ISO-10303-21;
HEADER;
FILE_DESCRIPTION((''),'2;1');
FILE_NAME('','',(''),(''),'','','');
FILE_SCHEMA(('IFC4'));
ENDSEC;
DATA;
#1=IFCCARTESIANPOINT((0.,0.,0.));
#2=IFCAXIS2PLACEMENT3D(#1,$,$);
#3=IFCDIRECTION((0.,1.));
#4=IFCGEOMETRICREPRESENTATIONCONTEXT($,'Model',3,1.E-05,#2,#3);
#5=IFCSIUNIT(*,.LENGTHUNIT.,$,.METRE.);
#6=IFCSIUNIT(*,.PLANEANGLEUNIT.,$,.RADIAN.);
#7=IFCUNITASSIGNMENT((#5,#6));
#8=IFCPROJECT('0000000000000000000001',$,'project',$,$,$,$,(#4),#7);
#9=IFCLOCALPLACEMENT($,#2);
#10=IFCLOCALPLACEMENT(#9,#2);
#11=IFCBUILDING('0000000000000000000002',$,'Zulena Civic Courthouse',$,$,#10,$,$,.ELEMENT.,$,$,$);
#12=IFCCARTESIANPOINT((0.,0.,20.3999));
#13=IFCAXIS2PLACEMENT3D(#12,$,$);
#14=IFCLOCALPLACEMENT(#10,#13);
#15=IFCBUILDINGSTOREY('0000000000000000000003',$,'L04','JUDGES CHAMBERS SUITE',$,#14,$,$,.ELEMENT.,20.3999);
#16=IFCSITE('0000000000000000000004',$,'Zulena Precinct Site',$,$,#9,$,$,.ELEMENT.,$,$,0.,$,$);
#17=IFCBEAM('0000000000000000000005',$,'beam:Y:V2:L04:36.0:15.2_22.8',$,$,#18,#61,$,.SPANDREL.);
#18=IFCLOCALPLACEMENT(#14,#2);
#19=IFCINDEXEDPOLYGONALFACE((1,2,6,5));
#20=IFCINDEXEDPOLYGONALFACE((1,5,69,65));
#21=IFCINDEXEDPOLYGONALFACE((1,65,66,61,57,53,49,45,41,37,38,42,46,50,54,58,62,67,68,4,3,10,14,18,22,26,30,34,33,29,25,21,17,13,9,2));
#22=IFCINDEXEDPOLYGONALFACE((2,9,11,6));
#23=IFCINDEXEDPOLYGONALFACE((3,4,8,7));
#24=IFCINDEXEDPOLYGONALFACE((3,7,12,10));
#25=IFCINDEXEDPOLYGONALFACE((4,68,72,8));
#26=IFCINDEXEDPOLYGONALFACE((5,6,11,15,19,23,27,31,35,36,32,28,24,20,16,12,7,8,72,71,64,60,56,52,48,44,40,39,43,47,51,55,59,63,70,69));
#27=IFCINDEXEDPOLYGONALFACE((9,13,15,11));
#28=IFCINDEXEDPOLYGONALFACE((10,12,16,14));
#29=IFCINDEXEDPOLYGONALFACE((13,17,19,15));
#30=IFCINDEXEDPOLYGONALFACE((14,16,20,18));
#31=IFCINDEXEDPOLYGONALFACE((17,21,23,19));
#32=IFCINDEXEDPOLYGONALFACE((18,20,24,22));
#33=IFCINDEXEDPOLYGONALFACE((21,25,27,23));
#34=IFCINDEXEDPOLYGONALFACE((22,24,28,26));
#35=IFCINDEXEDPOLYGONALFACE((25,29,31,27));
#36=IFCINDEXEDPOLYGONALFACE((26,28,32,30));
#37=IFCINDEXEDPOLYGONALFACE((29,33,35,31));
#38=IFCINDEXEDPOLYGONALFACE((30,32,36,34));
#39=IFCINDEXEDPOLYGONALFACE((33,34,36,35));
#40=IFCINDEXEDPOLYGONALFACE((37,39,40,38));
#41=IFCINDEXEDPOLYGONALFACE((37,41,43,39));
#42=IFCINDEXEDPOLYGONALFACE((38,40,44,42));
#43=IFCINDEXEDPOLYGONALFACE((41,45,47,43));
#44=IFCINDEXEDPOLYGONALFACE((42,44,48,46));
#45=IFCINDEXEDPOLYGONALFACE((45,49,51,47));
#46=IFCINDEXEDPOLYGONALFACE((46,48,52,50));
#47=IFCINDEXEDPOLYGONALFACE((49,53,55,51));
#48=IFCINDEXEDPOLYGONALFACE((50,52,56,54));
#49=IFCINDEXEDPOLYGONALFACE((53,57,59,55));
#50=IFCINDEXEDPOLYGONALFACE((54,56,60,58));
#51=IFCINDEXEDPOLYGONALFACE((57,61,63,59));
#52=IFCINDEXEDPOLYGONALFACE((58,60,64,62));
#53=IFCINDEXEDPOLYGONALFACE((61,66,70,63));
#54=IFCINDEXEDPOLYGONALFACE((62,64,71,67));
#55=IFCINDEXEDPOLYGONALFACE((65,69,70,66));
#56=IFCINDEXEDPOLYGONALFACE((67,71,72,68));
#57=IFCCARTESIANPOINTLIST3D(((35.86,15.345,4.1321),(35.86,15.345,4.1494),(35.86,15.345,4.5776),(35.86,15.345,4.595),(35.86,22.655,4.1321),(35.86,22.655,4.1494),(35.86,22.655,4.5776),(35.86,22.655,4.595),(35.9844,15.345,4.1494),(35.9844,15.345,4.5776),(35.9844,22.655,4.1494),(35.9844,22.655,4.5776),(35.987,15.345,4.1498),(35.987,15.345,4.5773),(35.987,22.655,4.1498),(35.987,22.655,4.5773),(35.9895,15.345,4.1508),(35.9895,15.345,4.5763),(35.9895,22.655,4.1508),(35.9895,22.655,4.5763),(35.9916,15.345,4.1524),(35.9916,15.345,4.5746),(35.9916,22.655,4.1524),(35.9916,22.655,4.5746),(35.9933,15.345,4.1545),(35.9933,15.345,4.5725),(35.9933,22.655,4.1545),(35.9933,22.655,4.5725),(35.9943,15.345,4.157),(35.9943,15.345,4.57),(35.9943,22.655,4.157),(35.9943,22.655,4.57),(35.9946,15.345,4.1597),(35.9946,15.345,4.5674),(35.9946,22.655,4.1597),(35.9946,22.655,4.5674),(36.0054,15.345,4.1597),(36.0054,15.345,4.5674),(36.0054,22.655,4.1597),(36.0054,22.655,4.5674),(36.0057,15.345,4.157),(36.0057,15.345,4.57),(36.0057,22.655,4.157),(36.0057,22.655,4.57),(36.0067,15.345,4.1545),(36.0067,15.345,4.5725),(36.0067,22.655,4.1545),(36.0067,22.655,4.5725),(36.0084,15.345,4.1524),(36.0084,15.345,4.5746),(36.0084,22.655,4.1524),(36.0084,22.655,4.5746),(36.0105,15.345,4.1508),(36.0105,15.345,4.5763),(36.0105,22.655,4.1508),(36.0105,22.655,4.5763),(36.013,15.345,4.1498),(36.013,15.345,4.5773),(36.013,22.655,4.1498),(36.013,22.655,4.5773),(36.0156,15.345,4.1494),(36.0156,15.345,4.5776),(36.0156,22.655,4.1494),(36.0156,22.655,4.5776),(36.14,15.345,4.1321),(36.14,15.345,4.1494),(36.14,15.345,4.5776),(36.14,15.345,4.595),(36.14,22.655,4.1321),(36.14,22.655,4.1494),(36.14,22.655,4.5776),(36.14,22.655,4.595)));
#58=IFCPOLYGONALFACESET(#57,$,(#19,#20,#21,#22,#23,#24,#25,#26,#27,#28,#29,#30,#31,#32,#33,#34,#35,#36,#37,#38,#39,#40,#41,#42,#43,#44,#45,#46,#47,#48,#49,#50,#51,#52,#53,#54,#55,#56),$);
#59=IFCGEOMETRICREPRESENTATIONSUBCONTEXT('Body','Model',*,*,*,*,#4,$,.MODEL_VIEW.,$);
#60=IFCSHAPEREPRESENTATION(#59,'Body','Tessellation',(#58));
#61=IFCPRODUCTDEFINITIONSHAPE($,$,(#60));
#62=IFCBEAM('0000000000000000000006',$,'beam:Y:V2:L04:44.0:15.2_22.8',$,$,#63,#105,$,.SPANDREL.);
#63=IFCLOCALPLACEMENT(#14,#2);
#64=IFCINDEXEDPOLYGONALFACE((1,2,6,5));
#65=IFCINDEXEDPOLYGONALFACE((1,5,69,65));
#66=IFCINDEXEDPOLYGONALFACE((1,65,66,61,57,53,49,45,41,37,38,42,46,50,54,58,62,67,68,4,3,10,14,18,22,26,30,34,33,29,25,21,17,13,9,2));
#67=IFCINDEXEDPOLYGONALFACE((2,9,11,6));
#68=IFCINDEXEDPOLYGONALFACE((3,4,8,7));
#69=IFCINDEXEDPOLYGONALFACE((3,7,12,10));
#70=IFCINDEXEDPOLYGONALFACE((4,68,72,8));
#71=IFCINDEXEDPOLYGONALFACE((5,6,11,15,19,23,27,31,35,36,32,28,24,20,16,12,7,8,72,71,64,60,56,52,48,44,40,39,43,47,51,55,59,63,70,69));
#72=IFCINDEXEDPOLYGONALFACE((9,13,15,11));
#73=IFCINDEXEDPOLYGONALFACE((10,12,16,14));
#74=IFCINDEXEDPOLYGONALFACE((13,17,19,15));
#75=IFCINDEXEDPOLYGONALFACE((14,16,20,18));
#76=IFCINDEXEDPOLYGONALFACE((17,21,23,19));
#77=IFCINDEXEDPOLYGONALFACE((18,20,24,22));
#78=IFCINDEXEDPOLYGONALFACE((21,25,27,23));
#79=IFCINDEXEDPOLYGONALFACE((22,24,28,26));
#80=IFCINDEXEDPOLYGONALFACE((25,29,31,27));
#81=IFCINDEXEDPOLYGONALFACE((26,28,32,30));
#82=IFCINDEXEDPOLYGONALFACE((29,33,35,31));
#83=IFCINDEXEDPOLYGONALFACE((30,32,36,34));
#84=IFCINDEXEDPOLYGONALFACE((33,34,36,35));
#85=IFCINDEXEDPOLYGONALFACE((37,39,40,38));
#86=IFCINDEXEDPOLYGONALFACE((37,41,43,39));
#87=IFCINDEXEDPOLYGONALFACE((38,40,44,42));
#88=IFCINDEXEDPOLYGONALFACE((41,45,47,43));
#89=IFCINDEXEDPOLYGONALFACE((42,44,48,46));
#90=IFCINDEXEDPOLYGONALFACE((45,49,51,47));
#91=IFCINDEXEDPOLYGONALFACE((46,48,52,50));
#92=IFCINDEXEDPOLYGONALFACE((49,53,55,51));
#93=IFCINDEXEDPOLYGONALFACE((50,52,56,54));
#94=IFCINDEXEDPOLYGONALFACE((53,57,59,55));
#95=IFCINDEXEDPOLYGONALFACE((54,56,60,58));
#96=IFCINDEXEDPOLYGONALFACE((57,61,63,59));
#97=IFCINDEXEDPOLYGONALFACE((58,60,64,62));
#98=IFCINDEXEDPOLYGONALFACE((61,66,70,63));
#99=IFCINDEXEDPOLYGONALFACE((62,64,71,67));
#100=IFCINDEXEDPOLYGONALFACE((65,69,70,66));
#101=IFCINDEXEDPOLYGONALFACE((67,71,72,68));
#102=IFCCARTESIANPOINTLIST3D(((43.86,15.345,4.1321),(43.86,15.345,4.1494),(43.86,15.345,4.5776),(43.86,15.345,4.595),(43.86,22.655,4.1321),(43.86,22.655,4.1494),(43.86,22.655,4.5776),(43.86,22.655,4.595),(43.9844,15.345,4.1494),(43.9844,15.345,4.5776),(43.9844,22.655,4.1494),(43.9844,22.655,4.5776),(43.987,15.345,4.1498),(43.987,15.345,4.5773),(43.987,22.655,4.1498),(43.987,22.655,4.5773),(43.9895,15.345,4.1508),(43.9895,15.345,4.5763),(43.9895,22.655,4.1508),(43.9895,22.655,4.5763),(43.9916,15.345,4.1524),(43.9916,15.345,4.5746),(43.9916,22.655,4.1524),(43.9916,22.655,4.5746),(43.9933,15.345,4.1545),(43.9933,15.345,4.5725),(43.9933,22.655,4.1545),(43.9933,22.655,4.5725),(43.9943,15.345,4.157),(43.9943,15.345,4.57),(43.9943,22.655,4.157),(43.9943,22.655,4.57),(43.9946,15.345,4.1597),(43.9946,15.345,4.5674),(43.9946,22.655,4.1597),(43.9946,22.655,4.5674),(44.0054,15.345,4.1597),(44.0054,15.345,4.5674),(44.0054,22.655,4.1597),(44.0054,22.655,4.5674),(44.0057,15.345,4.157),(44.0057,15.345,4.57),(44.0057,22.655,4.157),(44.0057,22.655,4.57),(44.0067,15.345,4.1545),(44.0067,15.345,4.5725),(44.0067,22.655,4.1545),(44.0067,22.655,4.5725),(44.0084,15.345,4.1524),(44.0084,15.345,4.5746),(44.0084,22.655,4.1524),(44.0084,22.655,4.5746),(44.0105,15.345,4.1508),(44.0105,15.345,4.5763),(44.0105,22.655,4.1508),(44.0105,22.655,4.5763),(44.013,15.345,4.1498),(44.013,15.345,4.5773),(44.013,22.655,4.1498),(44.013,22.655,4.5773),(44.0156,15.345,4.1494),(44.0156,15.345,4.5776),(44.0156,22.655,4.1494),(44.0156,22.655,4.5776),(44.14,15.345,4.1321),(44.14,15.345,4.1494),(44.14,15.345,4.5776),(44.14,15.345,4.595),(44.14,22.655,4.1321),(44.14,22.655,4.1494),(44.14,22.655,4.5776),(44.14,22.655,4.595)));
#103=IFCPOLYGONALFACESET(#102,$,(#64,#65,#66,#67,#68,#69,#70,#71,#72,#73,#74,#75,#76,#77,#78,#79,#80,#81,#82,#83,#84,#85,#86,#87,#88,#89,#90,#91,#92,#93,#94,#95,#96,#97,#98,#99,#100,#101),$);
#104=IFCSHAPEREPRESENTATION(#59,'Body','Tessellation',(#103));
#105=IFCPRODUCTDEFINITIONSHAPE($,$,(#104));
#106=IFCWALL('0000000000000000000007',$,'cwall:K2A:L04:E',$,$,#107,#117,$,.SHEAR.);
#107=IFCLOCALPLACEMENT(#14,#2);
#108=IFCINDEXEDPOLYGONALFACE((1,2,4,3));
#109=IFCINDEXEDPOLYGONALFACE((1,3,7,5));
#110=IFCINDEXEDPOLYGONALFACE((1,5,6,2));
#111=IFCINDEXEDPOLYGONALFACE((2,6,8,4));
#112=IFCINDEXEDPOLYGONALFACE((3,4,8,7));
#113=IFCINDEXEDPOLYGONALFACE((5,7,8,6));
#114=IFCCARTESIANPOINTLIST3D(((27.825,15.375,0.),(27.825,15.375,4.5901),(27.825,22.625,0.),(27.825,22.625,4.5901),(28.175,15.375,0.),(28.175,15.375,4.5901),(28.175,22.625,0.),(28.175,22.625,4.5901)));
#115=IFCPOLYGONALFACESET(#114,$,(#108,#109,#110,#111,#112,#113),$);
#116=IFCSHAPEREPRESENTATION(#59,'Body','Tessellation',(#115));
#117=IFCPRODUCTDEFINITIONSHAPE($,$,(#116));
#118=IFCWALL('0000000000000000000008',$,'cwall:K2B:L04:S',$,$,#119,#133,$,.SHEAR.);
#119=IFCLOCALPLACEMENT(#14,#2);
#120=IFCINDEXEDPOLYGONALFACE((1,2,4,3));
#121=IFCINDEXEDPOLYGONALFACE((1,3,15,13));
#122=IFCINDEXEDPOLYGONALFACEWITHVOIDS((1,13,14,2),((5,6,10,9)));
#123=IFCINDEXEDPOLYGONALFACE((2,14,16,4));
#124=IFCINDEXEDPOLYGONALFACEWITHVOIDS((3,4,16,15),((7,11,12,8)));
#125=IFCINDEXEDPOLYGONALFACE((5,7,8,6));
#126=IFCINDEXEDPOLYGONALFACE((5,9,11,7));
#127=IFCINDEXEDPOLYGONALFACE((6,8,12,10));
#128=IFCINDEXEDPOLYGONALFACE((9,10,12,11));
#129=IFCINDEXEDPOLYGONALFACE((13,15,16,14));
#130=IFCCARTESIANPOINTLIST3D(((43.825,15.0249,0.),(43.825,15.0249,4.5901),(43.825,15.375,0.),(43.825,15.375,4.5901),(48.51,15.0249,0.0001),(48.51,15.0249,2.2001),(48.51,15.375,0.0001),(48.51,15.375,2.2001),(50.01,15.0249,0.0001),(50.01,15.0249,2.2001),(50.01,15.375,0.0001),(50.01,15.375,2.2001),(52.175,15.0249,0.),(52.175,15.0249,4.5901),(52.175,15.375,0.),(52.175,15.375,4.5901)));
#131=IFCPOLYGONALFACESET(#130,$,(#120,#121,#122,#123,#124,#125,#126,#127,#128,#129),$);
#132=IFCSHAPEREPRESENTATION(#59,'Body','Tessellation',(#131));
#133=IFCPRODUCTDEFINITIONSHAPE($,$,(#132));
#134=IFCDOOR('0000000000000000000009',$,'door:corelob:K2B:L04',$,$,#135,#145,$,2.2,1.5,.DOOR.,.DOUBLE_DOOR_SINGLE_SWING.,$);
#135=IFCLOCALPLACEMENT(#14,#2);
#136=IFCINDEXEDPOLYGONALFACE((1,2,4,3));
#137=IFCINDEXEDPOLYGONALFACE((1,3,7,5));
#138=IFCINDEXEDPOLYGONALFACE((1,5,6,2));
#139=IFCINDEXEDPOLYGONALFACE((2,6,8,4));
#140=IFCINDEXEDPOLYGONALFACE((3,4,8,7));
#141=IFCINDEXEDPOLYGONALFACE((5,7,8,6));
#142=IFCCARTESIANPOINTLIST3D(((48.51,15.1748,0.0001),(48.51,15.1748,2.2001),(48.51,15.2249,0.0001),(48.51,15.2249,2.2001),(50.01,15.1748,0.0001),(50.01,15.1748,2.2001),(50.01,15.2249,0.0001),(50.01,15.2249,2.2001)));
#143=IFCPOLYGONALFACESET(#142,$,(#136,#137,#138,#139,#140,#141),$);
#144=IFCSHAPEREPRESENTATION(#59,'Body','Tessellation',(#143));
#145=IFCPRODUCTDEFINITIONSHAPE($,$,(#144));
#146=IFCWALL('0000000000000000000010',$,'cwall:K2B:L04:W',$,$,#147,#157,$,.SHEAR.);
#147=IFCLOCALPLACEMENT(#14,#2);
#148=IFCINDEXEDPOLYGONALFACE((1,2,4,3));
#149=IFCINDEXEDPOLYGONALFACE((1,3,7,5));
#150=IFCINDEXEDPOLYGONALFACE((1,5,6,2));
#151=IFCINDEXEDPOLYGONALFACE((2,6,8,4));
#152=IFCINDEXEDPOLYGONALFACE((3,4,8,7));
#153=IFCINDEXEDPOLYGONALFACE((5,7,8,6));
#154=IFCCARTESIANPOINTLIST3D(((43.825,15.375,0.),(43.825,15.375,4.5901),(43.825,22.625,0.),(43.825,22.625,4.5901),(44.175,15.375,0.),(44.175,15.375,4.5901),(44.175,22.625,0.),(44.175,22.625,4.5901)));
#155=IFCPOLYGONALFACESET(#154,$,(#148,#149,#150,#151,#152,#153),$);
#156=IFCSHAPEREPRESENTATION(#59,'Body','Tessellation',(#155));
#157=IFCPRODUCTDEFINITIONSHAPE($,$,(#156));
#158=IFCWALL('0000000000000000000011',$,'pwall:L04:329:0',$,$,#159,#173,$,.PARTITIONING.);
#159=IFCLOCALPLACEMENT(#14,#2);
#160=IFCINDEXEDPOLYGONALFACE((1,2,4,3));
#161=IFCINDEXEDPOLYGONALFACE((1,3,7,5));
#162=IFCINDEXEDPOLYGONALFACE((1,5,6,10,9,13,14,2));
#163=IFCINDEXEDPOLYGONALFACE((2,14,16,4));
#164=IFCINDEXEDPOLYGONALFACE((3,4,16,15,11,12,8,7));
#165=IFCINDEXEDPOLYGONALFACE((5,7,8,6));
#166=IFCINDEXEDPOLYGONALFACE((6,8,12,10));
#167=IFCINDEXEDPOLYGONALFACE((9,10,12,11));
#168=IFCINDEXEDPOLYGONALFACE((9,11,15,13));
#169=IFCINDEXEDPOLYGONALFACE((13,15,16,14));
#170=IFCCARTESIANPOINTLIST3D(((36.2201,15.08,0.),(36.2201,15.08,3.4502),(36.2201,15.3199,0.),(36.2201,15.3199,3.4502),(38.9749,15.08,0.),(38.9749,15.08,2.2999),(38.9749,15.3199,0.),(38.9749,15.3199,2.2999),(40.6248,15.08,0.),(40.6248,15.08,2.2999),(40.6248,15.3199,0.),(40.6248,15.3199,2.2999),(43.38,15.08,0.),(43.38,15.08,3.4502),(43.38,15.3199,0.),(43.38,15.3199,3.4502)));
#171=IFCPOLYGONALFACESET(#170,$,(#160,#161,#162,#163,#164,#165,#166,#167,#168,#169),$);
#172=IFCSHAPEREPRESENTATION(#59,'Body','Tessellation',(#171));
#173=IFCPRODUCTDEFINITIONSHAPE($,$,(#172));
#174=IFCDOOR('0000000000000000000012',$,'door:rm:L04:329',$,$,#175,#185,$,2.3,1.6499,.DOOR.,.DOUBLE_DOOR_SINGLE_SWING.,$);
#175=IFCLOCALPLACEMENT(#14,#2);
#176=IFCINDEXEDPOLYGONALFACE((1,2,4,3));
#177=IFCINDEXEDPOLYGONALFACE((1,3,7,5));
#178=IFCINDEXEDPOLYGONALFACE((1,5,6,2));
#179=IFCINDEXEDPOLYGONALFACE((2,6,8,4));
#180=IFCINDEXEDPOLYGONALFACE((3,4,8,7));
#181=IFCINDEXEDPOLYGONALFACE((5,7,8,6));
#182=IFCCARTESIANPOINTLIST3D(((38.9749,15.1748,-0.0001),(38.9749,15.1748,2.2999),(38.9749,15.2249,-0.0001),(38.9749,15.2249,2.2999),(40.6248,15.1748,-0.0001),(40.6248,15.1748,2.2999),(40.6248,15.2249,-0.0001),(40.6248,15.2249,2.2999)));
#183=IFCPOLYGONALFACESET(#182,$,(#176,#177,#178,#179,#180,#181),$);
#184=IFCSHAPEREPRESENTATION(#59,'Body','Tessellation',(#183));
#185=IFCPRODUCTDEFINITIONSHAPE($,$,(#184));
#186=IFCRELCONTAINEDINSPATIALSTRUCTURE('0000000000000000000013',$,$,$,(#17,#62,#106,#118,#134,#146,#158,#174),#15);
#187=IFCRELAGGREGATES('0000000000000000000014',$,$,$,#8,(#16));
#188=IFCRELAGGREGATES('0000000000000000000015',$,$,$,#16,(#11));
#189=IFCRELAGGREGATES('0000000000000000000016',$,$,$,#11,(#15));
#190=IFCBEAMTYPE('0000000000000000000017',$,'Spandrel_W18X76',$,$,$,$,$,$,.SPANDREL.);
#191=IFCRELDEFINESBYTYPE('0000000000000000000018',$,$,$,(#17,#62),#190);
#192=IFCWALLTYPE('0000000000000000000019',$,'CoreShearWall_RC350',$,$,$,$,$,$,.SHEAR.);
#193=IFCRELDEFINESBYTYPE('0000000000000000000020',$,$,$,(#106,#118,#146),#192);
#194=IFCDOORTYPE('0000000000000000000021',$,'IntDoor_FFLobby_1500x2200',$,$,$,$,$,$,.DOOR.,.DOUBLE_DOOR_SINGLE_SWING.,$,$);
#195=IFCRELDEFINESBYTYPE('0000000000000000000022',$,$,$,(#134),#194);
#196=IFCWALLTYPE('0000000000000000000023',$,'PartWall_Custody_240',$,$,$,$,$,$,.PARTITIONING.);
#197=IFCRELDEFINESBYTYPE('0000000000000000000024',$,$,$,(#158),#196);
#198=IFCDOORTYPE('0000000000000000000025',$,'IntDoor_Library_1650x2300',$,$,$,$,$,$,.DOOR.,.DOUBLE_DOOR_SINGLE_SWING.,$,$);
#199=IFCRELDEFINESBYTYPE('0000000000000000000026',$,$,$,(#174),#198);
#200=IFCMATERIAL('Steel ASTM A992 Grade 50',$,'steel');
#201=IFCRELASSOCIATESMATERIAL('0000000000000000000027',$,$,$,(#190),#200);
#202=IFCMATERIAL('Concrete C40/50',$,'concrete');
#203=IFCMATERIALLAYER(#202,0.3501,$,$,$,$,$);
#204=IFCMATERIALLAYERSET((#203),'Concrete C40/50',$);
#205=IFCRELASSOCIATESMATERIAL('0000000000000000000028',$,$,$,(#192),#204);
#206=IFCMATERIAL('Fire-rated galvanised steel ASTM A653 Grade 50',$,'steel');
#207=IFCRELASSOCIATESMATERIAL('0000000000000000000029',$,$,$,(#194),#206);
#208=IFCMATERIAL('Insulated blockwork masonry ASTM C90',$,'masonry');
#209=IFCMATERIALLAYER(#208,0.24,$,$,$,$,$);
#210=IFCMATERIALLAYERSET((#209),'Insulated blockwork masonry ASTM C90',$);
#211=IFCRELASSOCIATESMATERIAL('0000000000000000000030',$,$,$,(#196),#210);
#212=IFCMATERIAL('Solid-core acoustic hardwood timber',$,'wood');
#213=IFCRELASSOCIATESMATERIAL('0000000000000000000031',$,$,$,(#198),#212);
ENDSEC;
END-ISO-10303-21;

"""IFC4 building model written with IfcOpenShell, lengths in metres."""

from ifc_helpers import new_model, si_unit, direction, frame, frame_2d, origin, origin_2d, place, context, subcontext, project, spatial, rectangle, i_section, extrude, material, layer, layer_set, material_profile, profile_set, type_object, element, fill, save


model = new_model("IFC4")

# Units and contexts
model_context = context("Model", 3, precision=1e-05, world=origin(), true_north=direction((0.0, 1.0)))
body_context = subcontext(model_context, "Body", "Model", "MODEL_VIEW")
ifc_project = project(units=[si_unit("LENGTHUNIT", "METRE"), si_unit("PLANEANGLEUNIT", "RADIAN")], contexts=[model_context])

# Site, building, storey
site_placement = place(None, origin())
site = spatial("IfcSite", under=ifc_project, at=site_placement, Name="Zulena Precinct Site", CompositionType="ELEMENT", RefElevation=0.0)
building_placement = place(site_placement, origin())
building = spatial("IfcBuilding", under=site, at=building_placement, Name="Zulena Civic Courthouse", CompositionType="ELEMENT")
storey_placement = place(building_placement, frame((0.0, 0.0, 20.3999)))
storey = spatial("IfcBuildingStorey", under=building, at=storey_placement, Name="L04", Description="JUDGES CHAMBERS SUITE", CompositionType="ELEMENT", Elevation=20.3999)

# Shared definitions
ifc_material_1 = material(Name="Steel ASTM A992 Grade 50", Category="steel")

# Beams
ifc_material_profile_1 = material_profile(ifc_material_1, i_section(OverallWidth=0.28, OverallDepth=0.4629, WebThickness=0.0107, FlangeThickness=0.0173, FilletRadius=0.0103, at=origin_2d()), Name="W18X76")
ifc_profile_set_1 = profile_set([ifc_material_profile_1], Name="Steel ASTM A992 Grade 50")
beam_type_1 = type_object("IfcBeamType", Name="Spandrel_W18X76", PredefinedType="SPANDREL", material=ifc_profile_set_1)
for number, where, z_axis, x_axis, name in (
    (1, (36.0, 15.345, 4.3635), (0.0, 1.0, 0.0), (-1.0, 0.0, 0.0), "beam:Y:V2:L04:36.0:15.2_22.8"),
    (2, (44.0, 15.345, 4.3635), (0.0, 1.0, 0.0), (-1.0, 0.0, 0.0), "beam:Y:V2:L04:44.0:15.2_22.8"),
):
    element("IfcBeam", number, at=place(storey_placement, frame(where, z_axis=z_axis, x_axis=x_axis)), inside=storey, type_object=beam_type_1, Name=name, PredefinedType="SPANDREL", context=body_context, shape_type="SweptSolid", body=[
        extrude(i_section(OverallWidth=0.28, OverallDepth=0.4629, WebThickness=0.0107, FlangeThickness=0.0173, FilletRadius=0.0103, at=origin_2d()), origin(), (0.0, 0.0, 1.0), 7.3101),
    ])

# Wall
ifc_material_2 = material(Name="Concrete C40/50", Category="concrete")
ifc_layer_1 = layer(ifc_material_2, 0.3501)
ifc_layer_set_1 = layer_set([ifc_layer_1], Name="Concrete C40/50")
wall_type_1 = type_object("IfcWallType", Name="CoreShearWall_RC350", PredefinedType="SHEAR", material=ifc_layer_set_1)
wall_1_placement = place(storey_placement, frame((28.0, 15.375, 0.0), z_axis=(0.0, 0.0, 1.0), x_axis=(0.0, 1.0, 0.0)))
element("IfcWall", 3, at=wall_1_placement, inside=storey, type_object=wall_type_1, Name="cwall:K2A:L04:E", PredefinedType="SHEAR", context=body_context, shape_type="SweptSolid", body=[
    extrude(rectangle(XDim=7.25, YDim=0.3501, at=frame_2d((3.625, 0.0))), origin(), (0.0, 0.0, 1.0), 4.5901),
])

# Wall, opening, door
wall_2_placement = place(storey_placement, frame((43.825, 15.2, 0.0), z_axis=(0.0, 0.0, 1.0), x_axis=(1.0, 0.0, 0.0)))
wall_2 = element("IfcWall", 4, at=wall_2_placement, inside=storey, type_object=wall_type_1, Name="cwall:K2B:L04:S", PredefinedType="SHEAR", context=body_context, shape_type="SweptSolid", body=[
    extrude(rectangle(XDim=8.3501, YDim=0.3501, at=frame_2d((4.175, 0.0))), origin(), (0.0, 0.0, 1.0), 4.5901),
])
opening_1_placement = place(wall_2_placement, frame((4.6851, 0.0, 0.0)))
opening_1 = element("IfcOpeningElement", 5, at=opening_1_placement, cuts=wall_2, PredefinedType="OPENING", context=body_context, shape_type="SweptSolid", body=[
    extrude(rectangle(XDim=1.5, YDim=2.2, at=frame_2d((0.75, 1.1001))), frame((0.0, 0.1851, 0.0), z_axis=(0.0, -1.0, 0.0), x_axis=(1.0, 0.0, 0.0)), (0.0, 0.0, 1.0), 0.3701),
])
ifc_material_3 = material(Name="Fire-rated galvanised steel ASTM A653 Grade 50", Category="steel")
door_type_1 = type_object("IfcDoorType", Name="IntDoor_FFLobby_1500x2200", OperationType="DOUBLE_DOOR_SINGLE_SWING", PredefinedType="DOOR", material=ifc_material_3)
door_1_placement = place(opening_1_placement, origin())
door_1 = element("IfcDoor", 6, at=door_1_placement, inside=storey, type_object=door_type_1, Name="door:corelob:K2B:L04", OperationType="DOUBLE_DOOR_SINGLE_SWING", OverallHeight=2.2, OverallWidth=1.5, PredefinedType="DOOR", context=body_context, shape_type="SweptSolid", body=[
    extrude(rectangle(XDim=1.5, YDim=2.2, at=frame_2d((0.75, 1.1001))), frame((0.0, 0.0249, 0.0), z_axis=(0.0, -1.0, 0.0), x_axis=(1.0, 0.0, 0.0)), (0.0, 0.0, 1.0), 0.05),
])
fill(opening_1, door_1)

# Wall
wall_3_placement = place(storey_placement, frame((44.0, 15.375, 0.0), z_axis=(0.0, 0.0, 1.0), x_axis=(0.0, 1.0, 0.0)))
element("IfcWall", 7, at=wall_3_placement, inside=storey, type_object=wall_type_1, Name="cwall:K2B:L04:W", PredefinedType="SHEAR", context=body_context, shape_type="SweptSolid", body=[
    extrude(rectangle(XDim=7.25, YDim=0.3501, at=frame_2d((3.625, 0.0))), origin(), (0.0, 0.0, 1.0), 4.5901),
])

# Wall, opening, door
ifc_material_4 = material(Name="Insulated blockwork masonry ASTM C90", Category="masonry")
ifc_layer_2 = layer(ifc_material_4, 0.24)
ifc_layer_set_2 = layer_set([ifc_layer_2], Name="Insulated blockwork masonry ASTM C90")
wall_type_2 = type_object("IfcWallType", Name="PartWall_Custody_240", PredefinedType="PARTITIONING", material=ifc_layer_set_2)
wall_4_placement = place(storey_placement, frame((36.22, 15.2, 0.0), z_axis=(0.0, 0.0, 1.0), x_axis=(1.0, 0.0, 0.0)))
wall_4 = element("IfcWall", 8, at=wall_4_placement, inside=storey, type_object=wall_type_2, Name="pwall:L04:329:0", PredefinedType="PARTITIONING", context=body_context, shape_type="SweptSolid", body=[
    extrude(rectangle(XDim=7.1599, YDim=0.24, at=frame_2d((3.5801, 0.0))), origin(), (0.0, 0.0, 1.0), 3.4502),
])
opening_2_placement = place(wall_4_placement, frame((2.7549, 0.0, 0.0)))
opening_2 = element("IfcOpeningElement", 9, at=opening_2_placement, cuts=wall_4, PredefinedType="OPENING", context=body_context, shape_type="SweptSolid", body=[
    extrude(rectangle(XDim=1.6499, YDim=2.3, at=frame_2d((0.825, 1.1499))), frame((0.0, 0.1299, 0.0), z_axis=(0.0, -1.0, 0.0), x_axis=(1.0, 0.0, 0.0)), (0.0, 0.0, 1.0), 0.26),
])
ifc_material_5 = material(Name="Solid-core acoustic hardwood timber", Category="wood")
door_type_2 = type_object("IfcDoorType", Name="IntDoor_Library_1650x2300", OperationType="DOUBLE_DOOR_SINGLE_SWING", PredefinedType="DOOR", material=ifc_material_5)
door_2_placement = place(opening_2_placement, origin())
door_2 = element("IfcDoor", 10, at=door_2_placement, inside=storey, type_object=door_type_2, Name="door:rm:L04:329", OperationType="DOUBLE_DOOR_SINGLE_SWING", OverallHeight=2.3, OverallWidth=1.6499, PredefinedType="DOOR", context=body_context, shape_type="SweptSolid", body=[
    extrude(rectangle(XDim=1.6499, YDim=2.3, at=frame_2d((0.825, 1.1499))), frame((0.0, 0.0249, 0.0), z_axis=(0.0, -1.0, 0.0), x_axis=(1.0, 0.0, 0.0)), (0.0, 0.0, 1.0), 0.05),
])
fill(opening_2, door_2)

save(model, "model.ifc")
